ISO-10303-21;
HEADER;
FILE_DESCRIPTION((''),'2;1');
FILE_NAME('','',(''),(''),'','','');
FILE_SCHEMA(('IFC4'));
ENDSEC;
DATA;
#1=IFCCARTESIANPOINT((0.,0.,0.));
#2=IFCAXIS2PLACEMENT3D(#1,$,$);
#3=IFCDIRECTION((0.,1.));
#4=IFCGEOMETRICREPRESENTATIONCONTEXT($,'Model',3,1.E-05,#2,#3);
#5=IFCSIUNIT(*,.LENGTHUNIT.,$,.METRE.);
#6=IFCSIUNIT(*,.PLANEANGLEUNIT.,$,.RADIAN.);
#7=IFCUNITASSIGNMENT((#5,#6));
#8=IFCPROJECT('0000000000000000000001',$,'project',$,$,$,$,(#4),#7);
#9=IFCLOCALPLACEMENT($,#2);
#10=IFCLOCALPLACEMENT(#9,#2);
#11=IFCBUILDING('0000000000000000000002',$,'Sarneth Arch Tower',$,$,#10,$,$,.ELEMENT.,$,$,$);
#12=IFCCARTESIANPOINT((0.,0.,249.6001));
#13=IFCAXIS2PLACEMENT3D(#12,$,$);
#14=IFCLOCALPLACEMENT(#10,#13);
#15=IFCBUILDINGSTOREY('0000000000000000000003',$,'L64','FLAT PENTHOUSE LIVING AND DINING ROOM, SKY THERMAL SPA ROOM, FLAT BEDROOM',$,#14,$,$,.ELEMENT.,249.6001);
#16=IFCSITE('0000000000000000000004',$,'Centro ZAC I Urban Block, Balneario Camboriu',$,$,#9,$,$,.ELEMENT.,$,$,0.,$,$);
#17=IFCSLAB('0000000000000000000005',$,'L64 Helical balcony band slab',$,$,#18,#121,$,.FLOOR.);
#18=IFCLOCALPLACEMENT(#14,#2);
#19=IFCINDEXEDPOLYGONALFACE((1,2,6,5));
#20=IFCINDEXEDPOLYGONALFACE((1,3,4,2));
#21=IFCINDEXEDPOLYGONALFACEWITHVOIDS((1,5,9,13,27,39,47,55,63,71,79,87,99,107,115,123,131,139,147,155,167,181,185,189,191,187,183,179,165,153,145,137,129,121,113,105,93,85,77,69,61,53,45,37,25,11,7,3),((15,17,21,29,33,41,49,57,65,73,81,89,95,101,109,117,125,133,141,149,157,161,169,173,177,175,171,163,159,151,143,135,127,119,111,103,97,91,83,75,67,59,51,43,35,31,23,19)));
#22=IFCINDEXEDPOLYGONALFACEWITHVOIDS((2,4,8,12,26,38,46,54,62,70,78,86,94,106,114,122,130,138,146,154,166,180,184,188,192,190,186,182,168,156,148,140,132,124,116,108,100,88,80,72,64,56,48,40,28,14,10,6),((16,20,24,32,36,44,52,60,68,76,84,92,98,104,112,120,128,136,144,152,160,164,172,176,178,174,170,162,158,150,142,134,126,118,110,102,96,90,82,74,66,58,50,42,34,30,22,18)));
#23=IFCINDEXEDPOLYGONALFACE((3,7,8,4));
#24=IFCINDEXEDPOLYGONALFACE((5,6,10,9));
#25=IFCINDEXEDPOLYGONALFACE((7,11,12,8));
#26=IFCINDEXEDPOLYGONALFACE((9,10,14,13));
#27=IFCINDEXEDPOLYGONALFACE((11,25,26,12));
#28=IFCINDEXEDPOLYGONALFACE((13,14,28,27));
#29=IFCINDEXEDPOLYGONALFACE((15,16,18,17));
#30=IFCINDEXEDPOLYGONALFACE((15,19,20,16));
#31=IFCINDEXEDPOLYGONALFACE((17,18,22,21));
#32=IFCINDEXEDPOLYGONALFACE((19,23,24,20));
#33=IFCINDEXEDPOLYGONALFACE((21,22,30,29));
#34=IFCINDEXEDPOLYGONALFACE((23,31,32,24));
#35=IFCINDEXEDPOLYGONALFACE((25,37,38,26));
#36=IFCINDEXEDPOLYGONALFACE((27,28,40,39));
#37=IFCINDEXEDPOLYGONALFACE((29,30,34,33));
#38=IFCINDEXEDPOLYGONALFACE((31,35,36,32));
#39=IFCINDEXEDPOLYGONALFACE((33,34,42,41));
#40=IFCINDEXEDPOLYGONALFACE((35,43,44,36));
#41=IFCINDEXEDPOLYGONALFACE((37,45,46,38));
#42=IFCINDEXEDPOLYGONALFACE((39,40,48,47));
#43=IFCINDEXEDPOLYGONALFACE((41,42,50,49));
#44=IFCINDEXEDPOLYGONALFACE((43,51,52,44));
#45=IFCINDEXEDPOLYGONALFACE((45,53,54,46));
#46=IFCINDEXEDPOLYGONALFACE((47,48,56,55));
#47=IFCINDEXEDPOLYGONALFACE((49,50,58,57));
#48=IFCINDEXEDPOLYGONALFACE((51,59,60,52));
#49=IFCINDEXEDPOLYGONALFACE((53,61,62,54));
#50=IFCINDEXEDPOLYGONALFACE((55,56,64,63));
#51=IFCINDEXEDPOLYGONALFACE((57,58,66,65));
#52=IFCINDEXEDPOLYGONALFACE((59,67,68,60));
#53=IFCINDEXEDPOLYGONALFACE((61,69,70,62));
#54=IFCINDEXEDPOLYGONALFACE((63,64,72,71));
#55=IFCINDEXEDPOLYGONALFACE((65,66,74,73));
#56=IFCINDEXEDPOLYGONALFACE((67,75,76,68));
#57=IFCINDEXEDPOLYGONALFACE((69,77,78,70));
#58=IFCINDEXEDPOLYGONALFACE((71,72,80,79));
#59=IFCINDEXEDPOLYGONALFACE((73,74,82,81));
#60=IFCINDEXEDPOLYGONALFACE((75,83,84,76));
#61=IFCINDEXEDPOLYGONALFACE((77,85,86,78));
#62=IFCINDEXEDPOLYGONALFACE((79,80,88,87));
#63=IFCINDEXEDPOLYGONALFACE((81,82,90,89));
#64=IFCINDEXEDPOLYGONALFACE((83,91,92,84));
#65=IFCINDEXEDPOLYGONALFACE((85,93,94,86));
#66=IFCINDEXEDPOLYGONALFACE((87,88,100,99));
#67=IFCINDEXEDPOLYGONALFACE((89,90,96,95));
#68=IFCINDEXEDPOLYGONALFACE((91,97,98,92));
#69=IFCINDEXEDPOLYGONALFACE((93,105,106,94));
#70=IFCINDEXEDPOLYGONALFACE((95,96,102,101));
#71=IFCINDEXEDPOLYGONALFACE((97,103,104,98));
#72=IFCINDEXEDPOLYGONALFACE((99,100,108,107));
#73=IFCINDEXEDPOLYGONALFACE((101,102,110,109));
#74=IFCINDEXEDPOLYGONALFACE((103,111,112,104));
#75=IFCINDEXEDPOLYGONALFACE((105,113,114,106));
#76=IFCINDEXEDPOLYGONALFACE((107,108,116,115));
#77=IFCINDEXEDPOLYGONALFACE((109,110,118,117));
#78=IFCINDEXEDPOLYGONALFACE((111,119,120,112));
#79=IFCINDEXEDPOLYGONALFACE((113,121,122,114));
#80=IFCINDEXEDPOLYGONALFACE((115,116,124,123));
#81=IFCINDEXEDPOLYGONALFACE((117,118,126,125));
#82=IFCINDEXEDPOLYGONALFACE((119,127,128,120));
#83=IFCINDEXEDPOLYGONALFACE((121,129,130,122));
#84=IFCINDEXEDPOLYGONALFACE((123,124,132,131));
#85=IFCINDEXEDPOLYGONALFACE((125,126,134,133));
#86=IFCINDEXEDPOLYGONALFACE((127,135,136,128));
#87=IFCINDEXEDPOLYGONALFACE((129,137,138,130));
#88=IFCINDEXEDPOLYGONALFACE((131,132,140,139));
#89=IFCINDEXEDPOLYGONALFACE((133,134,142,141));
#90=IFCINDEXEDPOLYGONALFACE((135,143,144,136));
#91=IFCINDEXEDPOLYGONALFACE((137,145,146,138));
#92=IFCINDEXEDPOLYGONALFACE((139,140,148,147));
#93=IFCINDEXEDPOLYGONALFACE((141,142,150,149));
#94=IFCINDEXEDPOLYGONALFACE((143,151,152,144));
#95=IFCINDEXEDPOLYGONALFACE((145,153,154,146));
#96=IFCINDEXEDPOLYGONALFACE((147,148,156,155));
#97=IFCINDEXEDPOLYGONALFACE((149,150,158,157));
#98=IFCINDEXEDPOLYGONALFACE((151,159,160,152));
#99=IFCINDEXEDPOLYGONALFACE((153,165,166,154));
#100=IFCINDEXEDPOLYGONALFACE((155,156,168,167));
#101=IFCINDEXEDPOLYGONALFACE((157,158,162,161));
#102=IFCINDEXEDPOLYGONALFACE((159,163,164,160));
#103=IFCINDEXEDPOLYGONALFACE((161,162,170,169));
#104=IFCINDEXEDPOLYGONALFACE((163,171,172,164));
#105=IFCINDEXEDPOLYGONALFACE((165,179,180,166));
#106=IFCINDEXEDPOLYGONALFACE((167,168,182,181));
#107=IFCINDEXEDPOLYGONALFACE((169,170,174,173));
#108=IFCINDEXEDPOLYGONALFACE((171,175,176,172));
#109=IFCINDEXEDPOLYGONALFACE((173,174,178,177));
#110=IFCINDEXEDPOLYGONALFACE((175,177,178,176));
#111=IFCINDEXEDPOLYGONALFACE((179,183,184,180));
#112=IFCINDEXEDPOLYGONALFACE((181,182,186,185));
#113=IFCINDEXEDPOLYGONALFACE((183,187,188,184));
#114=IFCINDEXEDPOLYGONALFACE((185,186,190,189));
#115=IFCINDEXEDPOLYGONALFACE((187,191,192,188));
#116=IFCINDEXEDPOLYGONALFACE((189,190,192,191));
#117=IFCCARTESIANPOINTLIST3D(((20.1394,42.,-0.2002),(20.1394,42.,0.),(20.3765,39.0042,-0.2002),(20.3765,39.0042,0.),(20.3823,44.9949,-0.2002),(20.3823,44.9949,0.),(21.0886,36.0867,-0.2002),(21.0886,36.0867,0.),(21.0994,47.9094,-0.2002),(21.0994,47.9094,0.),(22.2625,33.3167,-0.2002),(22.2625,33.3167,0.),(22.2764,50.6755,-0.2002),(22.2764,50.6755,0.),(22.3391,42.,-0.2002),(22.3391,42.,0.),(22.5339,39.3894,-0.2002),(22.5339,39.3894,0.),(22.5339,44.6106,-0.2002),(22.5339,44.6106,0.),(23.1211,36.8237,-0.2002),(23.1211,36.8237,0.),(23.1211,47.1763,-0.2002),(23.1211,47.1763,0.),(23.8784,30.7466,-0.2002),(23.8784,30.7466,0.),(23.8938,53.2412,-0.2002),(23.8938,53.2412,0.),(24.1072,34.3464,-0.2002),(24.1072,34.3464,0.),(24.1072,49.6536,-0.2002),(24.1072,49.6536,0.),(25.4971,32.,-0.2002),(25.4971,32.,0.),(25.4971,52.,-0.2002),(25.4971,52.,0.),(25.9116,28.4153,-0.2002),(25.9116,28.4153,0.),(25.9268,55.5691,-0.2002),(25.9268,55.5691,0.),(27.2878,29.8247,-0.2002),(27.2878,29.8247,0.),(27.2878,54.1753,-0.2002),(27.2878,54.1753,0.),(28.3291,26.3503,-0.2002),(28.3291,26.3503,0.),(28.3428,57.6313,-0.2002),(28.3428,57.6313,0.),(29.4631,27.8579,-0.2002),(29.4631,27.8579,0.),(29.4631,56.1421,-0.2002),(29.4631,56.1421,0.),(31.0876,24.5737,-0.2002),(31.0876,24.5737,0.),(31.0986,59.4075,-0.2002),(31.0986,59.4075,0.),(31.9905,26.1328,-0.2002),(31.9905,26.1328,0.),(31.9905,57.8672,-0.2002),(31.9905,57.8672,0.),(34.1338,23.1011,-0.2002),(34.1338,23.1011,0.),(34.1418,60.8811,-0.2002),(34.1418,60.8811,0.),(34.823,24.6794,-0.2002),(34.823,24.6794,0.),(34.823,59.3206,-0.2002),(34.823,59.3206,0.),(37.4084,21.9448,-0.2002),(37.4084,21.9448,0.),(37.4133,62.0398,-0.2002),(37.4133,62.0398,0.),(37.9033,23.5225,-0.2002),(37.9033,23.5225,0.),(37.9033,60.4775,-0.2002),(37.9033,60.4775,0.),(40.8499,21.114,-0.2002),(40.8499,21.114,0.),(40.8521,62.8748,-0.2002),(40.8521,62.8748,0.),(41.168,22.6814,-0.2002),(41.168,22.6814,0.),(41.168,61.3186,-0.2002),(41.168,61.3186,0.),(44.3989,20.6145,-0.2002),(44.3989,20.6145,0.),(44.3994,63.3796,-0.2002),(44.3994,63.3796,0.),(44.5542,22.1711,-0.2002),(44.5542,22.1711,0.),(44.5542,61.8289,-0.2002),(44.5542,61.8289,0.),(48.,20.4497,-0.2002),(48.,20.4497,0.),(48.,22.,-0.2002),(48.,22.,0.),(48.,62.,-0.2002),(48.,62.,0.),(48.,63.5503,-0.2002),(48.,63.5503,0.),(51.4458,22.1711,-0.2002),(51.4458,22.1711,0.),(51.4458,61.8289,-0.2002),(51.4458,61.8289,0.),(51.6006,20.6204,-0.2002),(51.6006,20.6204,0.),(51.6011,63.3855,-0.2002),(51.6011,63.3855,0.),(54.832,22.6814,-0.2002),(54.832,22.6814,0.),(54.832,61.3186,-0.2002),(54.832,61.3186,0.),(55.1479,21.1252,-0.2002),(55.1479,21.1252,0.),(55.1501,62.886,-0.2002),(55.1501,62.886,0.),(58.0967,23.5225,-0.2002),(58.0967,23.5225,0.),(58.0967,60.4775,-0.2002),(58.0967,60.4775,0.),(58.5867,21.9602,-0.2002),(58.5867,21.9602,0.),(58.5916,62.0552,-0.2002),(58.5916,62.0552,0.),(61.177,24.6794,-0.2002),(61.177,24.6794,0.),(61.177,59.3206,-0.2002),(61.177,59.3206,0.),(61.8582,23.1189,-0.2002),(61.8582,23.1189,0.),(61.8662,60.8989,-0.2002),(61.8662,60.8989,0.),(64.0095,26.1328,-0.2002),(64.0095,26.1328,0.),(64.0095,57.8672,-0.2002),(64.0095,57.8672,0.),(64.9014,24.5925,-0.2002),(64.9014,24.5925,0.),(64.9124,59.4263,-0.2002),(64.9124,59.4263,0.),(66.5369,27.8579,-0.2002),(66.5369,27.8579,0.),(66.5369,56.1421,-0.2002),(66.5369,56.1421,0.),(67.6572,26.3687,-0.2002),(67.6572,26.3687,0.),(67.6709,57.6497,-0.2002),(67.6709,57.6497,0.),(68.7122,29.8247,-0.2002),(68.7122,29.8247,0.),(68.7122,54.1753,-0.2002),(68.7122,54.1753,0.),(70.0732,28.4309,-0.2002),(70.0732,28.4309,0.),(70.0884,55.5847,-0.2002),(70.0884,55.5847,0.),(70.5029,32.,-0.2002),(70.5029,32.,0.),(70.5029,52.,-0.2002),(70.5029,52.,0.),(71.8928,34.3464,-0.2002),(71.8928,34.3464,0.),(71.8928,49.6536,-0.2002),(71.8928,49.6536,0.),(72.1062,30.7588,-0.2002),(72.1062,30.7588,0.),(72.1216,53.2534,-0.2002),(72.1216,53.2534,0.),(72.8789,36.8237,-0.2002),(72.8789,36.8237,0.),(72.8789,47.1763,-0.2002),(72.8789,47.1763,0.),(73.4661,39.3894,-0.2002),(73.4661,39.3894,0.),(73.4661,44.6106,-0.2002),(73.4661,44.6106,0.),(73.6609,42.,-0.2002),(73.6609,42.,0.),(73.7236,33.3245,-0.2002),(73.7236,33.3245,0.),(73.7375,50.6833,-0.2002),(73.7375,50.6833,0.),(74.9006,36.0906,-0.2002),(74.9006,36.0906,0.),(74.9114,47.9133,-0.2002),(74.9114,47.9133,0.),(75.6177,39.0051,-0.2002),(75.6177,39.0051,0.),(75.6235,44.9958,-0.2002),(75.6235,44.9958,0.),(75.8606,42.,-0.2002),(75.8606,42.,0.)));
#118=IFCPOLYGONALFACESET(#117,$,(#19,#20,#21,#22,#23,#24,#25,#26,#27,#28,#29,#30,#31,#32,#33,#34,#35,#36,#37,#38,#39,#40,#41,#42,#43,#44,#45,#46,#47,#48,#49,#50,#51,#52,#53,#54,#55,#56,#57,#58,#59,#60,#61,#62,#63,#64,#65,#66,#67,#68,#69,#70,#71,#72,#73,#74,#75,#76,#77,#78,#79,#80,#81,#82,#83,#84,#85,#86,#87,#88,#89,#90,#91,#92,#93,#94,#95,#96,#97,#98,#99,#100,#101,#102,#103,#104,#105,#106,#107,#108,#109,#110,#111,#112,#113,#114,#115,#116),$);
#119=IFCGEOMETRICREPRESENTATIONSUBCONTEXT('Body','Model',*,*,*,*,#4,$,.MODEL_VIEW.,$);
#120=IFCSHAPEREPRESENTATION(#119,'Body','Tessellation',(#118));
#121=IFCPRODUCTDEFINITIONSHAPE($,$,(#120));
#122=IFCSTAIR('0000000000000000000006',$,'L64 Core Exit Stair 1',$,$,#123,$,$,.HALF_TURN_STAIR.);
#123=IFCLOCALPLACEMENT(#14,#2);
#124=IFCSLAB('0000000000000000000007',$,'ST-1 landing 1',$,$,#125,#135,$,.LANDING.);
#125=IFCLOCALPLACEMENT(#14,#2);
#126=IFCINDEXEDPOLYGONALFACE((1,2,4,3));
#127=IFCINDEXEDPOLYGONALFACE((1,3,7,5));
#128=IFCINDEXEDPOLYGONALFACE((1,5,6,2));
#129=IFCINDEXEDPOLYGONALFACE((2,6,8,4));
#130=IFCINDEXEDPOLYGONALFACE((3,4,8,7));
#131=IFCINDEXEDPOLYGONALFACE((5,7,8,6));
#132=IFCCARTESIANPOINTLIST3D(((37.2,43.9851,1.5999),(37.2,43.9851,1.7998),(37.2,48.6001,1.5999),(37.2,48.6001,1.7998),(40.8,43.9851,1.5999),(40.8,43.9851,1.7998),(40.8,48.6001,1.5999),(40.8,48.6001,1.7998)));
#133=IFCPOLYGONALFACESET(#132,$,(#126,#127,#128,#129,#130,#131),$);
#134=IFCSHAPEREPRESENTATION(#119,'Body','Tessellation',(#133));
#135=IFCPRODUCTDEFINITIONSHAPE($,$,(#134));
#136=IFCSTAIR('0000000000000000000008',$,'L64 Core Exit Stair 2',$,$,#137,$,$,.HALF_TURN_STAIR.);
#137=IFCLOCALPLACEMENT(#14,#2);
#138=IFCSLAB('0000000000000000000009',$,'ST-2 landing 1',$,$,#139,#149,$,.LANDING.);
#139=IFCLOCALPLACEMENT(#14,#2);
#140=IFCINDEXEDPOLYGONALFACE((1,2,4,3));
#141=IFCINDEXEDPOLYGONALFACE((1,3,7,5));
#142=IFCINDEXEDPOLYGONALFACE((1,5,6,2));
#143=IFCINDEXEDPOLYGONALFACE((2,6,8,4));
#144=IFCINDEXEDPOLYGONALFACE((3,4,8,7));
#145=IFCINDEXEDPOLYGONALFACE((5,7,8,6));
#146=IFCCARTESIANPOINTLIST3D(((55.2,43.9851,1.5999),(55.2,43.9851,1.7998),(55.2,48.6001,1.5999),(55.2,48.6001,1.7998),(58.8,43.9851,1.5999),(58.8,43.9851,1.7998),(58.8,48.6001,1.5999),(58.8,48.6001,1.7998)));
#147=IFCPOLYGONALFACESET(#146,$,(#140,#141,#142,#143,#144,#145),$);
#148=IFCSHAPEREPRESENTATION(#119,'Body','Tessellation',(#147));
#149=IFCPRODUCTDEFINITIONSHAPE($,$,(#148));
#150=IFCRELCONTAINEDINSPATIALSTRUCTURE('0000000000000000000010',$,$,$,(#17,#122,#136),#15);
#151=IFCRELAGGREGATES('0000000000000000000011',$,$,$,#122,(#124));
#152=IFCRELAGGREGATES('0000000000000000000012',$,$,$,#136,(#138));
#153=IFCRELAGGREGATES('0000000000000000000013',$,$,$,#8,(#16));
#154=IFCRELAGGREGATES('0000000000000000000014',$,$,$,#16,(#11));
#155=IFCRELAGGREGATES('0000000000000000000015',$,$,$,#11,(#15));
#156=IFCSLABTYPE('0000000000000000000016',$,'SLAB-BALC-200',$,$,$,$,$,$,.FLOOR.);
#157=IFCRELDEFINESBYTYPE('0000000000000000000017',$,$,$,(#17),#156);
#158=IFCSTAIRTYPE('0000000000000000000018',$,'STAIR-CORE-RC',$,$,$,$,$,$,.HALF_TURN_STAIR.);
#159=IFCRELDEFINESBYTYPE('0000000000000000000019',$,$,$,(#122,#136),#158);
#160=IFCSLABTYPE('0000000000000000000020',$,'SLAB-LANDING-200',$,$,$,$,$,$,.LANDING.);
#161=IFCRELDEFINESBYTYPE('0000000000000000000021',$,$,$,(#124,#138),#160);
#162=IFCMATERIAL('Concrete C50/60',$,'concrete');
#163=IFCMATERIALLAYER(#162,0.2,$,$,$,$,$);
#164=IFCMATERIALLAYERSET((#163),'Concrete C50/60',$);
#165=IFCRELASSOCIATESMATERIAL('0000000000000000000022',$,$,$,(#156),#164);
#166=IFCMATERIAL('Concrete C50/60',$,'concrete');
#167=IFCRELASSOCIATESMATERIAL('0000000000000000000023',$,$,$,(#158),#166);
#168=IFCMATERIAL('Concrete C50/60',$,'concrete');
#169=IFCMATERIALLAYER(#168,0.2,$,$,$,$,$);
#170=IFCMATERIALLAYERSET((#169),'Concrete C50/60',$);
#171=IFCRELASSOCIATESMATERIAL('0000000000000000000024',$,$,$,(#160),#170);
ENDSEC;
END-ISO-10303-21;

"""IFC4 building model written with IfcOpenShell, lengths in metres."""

from ifc_helpers import new_model, si_unit, direction, frame, origin, place, context, subcontext, project, spatial, polyline, outline, extrude, material, layer, layer_set, type_object, element, aggregate, save


model = new_model("IFC4")

# Units and contexts
model_context = context("Model", 3, precision=1e-05, world=origin(), true_north=direction((0.0, 1.0)))
body_context = subcontext(model_context, "Body", "Model", "MODEL_VIEW")
ifc_project = project(units=[si_unit("LENGTHUNIT", "METRE"), si_unit("PLANEANGLEUNIT", "RADIAN")], contexts=[model_context])

# Site, building, storey
site_placement = place(None, origin())
site = spatial("IfcSite", under=ifc_project, at=site_placement, Name="Centro ZAC I Urban Block, Balneario Camboriu", CompositionType="ELEMENT", RefElevation=0.0)
building_placement = place(site_placement, origin())
building = spatial("IfcBuilding", under=site, at=building_placement, Name="Sarneth Arch Tower", CompositionType="ELEMENT")
storey_placement = place(building_placement, frame((0.0, 0.0, 249.6001)))
storey = spatial("IfcBuildingStorey", under=building, at=storey_placement, Name="L64", Description="FLAT PENTHOUSE LIVING AND DINING ROOM, SKY THERMAL SPA ROOM, FLAT BEDROOM", CompositionType="ELEMENT", Elevation=249.6001)

# Slab
ifc_material_1 = material(Name="Concrete C50/60", Category="concrete")
ifc_layer_1 = layer(ifc_material_1, 0.2)
ifc_layer_set_1 = layer_set([ifc_layer_1], Name="Concrete C50/60")
slab_type_1 = type_object("IfcSlabType", Name="SLAB-BALC-200", PredefinedType="FLOOR", material=ifc_layer_set_1)
slab_1_placement = place(storey_placement, frame((0.0, 0.0, -0.2002)))
element("IfcSlab", 1, at=slab_1_placement, inside=storey, type_object=slab_type_1, Name="L64 Helical balcony band slab", PredefinedType="FLOOR", context=body_context, shape_type="SweptSolid", body=[
    extrude(outline(polyline([(75.8606, 42.0), (75.6235, 44.9958), (74.9114, 47.9133), (73.7375, 50.6833), (72.1216, 53.2534), (70.0884, 55.5847), (67.6709, 57.6497), (64.9124, 59.4263), (61.8662, 60.8989), (58.5916, 62.0552), (55.1501, 62.886), (51.6011, 63.3855), (48.0, 63.5503), (44.3994, 63.3796), (40.8521, 62.8748), (37.4133, 62.0398), (34.1418, 60.8811), (31.0986, 59.4075), (28.3428, 57.6313), (25.9268, 55.5691), (23.8938, 53.2412), (22.2764, 50.6755), (21.0994, 47.9094), (20.3823, 44.9949), (20.1394, 42.0), (20.3765, 39.0042), (21.0886, 36.0867), (22.2625, 33.3167), (23.8784, 30.7466), (25.9116, 28.4153), (28.3291, 26.3503), (31.0876, 24.5737), (34.1338, 23.1011), (37.4084, 21.9448), (40.8499, 21.114), (44.3989, 20.6145), (48.0, 20.4497), (51.6006, 20.6204), (55.1479, 21.1252), (58.5867, 21.9602), (61.8582, 23.1189), (64.9014, 24.5925), (67.6572, 26.3687), (70.0732, 28.4309), (72.1062, 30.7588), (73.7236, 33.3245), (74.9006, 36.0906), (75.6177, 39.0051), (75.8606, 42.0)]), holes=[polyline([(73.6609, 42.0), (73.4661, 44.6106), (72.8789, 47.1763), (71.8928, 49.6536), (70.5029, 52.0), (68.7122, 54.1753), (66.5369, 56.1421), (64.0095, 57.8672), (61.177, 59.3206), (58.0967, 60.4775), (54.832, 61.3186), (51.4458, 61.8289), (48.0, 62.0), (44.5542, 61.8289), (41.168, 61.3186), (37.9033, 60.4775), (34.823, 59.3206), (31.9905, 57.8672), (29.4631, 56.1421), (27.2878, 54.1753), (25.4971, 52.0), (24.1072, 49.6536), (23.1211, 47.1763), (22.5339, 44.6106), (22.3391, 42.0), (22.5339, 39.3894), (23.1211, 36.8237), (24.1072, 34.3464), (25.4971, 32.0), (27.2878, 29.8247), (29.4631, 27.8579), (31.9905, 26.1328), (34.823, 24.6794), (37.9033, 23.5225), (41.168, 22.6814), (44.5542, 22.1711), (48.0, 22.0), (51.4458, 22.1711), (54.832, 22.6814), (58.0967, 23.5225), (61.177, 24.6794), (64.0095, 26.1328), (66.5369, 27.8579), (68.7122, 29.8247), (70.5029, 32.0), (71.8928, 34.3464), (72.8789, 36.8237), (73.4661, 39.3894), (73.6609, 42.0)])]), origin(), (0.0, 0.0, 1.0), 0.2002),
])

# Stairs, slabs
ifc_material_2 = material(Name="Concrete C50/60", Category="concrete")
stair_type = type_object("IfcStairType", Name="STAIR-CORE-RC", PredefinedType="HALF_TURN_STAIR", material=ifc_material_2)
stair_1_placement = place(storey_placement, origin())
stair_1 = element("IfcStair", 2, at=stair_1_placement, inside=storey, type_object=stair_type, Name="L64 Core Exit Stair 1", PredefinedType="HALF_TURN_STAIR")
ifc_material_3 = material(Name="Concrete C50/60", Category="concrete")
ifc_layer_2 = layer(ifc_material_3, 0.2)
ifc_layer_set_2 = layer_set([ifc_layer_2], Name="Concrete C50/60")
slab_type_2 = type_object("IfcSlabType", Name="SLAB-LANDING-200", PredefinedType="LANDING", material=ifc_layer_set_2)
slab_2_placement = place(storey_placement, frame((0.0, 0.0, 1.5999)))
slab_2 = element("IfcSlab", 3, at=slab_2_placement, type_object=slab_type_2, Name="ST-1 landing 1", PredefinedType="LANDING", context=body_context, shape_type="SweptSolid", body=[
    extrude(outline(polyline([(37.2, 43.9851), (40.8, 43.9851), (40.8, 48.6001), (37.2, 48.6001), (37.2, 43.9851)])), origin(), (0.0, 0.0, 1.0), 0.2),
])
aggregate(stair_1, [slab_2])
stair_2_placement = place(storey_placement, origin())
stair_2 = element("IfcStair", 4, at=stair_2_placement, inside=storey, type_object=stair_type, Name="L64 Core Exit Stair 2", PredefinedType="HALF_TURN_STAIR")
slab_3_placement = place(storey_placement, frame((0.0, 0.0, 1.5999)))
slab_3 = element("IfcSlab", 5, at=slab_3_placement, type_object=slab_type_2, Name="ST-2 landing 1", PredefinedType="LANDING", context=body_context, shape_type="SweptSolid", body=[
    extrude(outline(polyline([(55.2, 43.9851), (58.8, 43.9851), (58.8, 48.6001), (55.2, 48.6001), (55.2, 43.9851)])), origin(), (0.0, 0.0, 1.0), 0.2),
])
aggregate(stair_2, [slab_3])

save(model, "model.ifc")
